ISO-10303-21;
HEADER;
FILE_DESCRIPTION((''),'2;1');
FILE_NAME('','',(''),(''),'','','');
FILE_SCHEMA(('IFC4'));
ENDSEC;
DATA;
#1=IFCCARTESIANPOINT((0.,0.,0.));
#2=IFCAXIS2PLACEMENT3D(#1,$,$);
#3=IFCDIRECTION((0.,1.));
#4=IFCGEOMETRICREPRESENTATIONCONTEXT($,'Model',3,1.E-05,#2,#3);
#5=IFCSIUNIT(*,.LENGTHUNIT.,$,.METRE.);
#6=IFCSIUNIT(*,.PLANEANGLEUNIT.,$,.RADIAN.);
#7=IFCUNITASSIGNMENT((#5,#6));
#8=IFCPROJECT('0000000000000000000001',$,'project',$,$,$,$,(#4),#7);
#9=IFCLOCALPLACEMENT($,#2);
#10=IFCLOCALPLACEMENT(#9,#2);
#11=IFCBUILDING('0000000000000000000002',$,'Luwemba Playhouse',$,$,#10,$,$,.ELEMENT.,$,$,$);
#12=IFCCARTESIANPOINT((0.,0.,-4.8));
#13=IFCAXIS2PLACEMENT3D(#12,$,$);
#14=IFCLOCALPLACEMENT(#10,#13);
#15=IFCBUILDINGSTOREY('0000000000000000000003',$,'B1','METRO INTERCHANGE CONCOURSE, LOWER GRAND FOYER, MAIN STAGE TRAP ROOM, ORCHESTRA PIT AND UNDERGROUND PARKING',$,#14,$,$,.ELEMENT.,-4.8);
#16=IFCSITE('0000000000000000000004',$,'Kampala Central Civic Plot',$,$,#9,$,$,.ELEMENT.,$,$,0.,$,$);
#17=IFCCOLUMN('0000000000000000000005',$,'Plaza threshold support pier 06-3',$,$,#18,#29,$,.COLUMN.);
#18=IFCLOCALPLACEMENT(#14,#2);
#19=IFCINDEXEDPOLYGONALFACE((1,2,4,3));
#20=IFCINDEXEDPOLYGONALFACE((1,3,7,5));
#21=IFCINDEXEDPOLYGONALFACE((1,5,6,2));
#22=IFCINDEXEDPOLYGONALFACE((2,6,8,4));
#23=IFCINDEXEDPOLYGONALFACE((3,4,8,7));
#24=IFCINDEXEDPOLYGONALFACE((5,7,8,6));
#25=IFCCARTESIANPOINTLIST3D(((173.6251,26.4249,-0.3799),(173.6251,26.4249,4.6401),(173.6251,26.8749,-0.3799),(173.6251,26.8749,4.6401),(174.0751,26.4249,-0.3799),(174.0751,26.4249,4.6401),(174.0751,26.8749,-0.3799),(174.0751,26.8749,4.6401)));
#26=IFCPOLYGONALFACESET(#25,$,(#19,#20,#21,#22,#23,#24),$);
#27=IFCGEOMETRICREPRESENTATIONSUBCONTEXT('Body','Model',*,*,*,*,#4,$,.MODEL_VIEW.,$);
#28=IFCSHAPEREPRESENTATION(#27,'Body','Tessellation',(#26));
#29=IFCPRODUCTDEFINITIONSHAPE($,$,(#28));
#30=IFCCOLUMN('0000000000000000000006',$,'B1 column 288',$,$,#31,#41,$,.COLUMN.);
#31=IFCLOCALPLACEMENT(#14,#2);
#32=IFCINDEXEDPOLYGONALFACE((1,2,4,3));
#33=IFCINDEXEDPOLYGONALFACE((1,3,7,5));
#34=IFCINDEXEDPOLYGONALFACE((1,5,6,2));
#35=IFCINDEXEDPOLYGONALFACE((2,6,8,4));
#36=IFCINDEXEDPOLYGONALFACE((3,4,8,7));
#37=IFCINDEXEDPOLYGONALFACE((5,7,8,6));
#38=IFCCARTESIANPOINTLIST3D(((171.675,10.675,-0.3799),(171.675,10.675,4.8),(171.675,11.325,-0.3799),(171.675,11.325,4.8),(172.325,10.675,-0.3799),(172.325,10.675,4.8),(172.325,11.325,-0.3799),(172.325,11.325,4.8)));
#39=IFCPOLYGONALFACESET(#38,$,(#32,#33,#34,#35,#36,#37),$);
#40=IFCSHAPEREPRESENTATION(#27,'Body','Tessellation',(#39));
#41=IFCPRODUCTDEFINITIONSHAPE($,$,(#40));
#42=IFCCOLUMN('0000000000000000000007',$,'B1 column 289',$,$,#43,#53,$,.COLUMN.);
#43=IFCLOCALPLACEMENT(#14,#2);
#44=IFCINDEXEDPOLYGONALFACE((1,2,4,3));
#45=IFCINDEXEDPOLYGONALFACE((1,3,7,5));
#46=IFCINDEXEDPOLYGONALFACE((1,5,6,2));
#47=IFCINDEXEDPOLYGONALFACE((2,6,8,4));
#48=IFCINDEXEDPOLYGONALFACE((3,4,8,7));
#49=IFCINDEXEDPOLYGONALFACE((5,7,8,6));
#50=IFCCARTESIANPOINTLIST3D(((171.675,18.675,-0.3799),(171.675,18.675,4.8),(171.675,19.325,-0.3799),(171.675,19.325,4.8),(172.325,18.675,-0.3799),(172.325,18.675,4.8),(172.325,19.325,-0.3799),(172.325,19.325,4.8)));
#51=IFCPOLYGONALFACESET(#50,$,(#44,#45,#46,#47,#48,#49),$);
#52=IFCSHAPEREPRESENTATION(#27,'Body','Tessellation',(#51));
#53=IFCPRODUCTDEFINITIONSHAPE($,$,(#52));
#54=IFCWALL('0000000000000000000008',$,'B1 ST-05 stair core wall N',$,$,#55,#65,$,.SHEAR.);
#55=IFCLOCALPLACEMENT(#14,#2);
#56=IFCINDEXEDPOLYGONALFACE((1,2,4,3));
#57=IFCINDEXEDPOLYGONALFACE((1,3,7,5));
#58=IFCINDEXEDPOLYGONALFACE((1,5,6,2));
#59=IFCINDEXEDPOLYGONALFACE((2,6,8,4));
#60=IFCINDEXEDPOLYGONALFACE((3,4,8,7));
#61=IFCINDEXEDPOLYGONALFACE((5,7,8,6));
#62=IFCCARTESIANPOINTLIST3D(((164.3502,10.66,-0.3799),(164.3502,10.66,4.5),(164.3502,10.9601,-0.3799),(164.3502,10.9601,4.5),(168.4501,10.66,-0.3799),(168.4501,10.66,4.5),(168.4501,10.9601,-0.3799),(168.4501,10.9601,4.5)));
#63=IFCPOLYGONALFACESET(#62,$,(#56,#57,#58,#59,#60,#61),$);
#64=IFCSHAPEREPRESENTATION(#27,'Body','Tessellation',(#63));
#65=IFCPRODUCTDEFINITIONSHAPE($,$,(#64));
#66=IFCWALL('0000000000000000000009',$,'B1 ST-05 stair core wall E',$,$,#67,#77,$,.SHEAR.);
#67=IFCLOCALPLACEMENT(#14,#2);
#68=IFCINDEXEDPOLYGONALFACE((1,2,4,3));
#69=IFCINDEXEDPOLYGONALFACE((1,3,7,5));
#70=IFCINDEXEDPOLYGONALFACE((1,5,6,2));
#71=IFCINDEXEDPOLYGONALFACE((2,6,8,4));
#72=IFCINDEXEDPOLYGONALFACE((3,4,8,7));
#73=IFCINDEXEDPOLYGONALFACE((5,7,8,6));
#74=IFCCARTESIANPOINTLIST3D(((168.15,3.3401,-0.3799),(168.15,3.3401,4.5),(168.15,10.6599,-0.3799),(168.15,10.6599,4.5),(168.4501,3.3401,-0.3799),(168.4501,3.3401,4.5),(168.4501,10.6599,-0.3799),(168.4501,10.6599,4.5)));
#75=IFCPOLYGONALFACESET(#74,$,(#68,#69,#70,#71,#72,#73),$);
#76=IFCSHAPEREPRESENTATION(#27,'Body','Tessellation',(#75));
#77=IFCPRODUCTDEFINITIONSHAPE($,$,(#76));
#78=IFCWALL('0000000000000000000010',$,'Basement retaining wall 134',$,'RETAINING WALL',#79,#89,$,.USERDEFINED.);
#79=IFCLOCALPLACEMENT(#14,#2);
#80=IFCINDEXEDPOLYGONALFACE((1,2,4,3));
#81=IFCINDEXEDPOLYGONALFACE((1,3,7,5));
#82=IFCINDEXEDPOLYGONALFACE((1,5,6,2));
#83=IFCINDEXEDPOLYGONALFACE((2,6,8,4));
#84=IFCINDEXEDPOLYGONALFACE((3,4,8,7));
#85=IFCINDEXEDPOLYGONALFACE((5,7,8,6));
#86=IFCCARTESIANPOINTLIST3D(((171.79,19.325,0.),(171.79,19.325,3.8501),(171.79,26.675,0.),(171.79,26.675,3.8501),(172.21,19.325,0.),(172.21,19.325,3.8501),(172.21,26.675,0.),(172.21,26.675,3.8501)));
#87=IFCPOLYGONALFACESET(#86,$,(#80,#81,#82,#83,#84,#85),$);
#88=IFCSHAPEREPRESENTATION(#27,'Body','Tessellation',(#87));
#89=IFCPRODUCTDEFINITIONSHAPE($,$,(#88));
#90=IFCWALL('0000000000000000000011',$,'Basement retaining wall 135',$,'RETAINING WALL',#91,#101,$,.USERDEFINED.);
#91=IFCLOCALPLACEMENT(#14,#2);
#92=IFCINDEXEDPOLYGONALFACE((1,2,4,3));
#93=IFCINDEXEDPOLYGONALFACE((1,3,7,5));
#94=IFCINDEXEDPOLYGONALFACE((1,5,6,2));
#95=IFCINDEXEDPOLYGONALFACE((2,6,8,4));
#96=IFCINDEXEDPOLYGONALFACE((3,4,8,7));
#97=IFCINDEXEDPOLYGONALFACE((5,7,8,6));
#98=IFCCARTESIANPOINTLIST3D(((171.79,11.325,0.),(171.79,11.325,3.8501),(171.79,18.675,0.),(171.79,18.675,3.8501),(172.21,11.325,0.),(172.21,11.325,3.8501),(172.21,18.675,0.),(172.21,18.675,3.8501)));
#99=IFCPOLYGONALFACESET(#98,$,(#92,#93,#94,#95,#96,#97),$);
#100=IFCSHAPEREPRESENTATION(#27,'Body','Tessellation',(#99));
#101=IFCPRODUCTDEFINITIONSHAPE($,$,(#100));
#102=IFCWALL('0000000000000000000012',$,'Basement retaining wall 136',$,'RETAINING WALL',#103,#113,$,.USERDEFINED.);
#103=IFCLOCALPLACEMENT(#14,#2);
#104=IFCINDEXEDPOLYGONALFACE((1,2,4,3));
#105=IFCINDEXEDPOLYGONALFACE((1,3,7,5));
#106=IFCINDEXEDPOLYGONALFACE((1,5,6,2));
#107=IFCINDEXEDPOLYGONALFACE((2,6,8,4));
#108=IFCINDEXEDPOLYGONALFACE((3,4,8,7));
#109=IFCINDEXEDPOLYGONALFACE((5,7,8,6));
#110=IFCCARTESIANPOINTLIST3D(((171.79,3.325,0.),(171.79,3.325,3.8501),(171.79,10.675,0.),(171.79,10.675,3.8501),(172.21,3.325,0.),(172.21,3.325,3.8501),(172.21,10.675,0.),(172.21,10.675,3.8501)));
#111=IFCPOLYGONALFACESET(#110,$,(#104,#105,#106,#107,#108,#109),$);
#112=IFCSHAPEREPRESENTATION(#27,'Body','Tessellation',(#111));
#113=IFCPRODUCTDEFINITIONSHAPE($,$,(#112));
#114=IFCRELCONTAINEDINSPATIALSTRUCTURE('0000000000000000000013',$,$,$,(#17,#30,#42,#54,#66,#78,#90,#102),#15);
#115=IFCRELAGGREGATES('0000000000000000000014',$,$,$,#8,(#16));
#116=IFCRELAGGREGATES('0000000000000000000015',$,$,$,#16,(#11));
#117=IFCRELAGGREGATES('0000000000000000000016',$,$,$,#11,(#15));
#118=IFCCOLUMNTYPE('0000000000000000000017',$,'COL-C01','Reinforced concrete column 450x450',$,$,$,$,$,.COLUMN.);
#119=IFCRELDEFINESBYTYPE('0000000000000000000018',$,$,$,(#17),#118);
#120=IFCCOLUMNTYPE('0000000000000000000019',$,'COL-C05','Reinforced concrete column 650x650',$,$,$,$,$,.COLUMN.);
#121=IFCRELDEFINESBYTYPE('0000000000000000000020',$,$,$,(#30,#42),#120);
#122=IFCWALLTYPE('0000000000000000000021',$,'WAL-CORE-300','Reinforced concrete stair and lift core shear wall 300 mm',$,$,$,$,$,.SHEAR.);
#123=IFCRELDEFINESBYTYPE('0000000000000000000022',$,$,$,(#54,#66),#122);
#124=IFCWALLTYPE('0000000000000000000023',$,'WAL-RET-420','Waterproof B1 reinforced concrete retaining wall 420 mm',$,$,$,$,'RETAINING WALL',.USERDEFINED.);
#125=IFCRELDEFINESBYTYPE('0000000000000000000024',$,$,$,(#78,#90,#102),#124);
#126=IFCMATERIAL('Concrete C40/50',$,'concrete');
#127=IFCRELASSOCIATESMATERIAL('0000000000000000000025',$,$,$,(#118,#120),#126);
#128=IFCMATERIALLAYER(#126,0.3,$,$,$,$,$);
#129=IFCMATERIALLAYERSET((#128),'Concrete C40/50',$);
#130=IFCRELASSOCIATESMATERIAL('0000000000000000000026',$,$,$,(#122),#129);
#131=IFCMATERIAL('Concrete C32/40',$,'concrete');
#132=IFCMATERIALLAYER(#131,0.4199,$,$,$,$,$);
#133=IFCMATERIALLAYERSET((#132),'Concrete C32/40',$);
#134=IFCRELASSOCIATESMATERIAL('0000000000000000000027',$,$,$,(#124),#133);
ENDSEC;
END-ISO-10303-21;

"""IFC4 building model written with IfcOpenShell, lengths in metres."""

from ifc_helpers import new_model, si_unit, direction, frame, frame_2d, origin, origin_2d, place, context, subcontext, project, spatial, rectangle, extrude, material, layer, layer_set, material_profile, profile_set, type_object, element, save


model = new_model("IFC4")

# Units and contexts
model_context = context("Model", 3, precision=1e-05, world=origin(), true_north=direction((0.0, 1.0)))
body_context = subcontext(model_context, "Body", "Model", "MODEL_VIEW")
ifc_project = project(units=[si_unit("LENGTHUNIT", "METRE"), si_unit("PLANEANGLEUNIT", "RADIAN")], contexts=[model_context])

# Site, building, storey
site_placement = place(None, origin())
site = spatial("IfcSite", under=ifc_project, at=site_placement, Name="Kampala Central Civic Plot", CompositionType="ELEMENT", RefElevation=0.0)
building_placement = place(site_placement, origin())
building = spatial("IfcBuilding", under=site, at=building_placement, Name="Luwemba Playhouse", CompositionType="ELEMENT")
storey_placement = place(building_placement, frame((0.0, 0.0, -4.8)))
storey = spatial("IfcBuildingStorey", under=building, at=storey_placement, Name="B1", Description="METRO INTERCHANGE CONCOURSE, LOWER GRAND FOYER, MAIN STAGE TRAP ROOM, ORCHESTRA PIT AND UNDERGROUND PARKING", CompositionType="ELEMENT", Elevation=-4.8)

# Shared definitions
ifc_material_1 = material(Name="Concrete C32/40", Category="concrete")

# Columns
ifc_material_2 = material(Name="Concrete C40/50", Category="concrete")
ifc_material_profile_1 = material_profile(ifc_material_2, rectangle(XDim=0.45, YDim=0.45, at=origin_2d()))
ifc_profile_set_1 = profile_set([ifc_material_profile_1], Name="Concrete C40/50")
column_type_1 = type_object("IfcColumnType", Name="COL-C01", Description="Reinforced concrete column 450x450", PredefinedType="COLUMN", material=ifc_profile_set_1)
column_placement = place(storey_placement, frame((173.8501, 26.6499, -0.3799), z_axis=(0.0, 0.0, 1.0), x_axis=(1.0, 0.0, 0.0)))
element("IfcColumn", 1, at=column_placement, inside=storey, type_object=column_type_1, Name="Plaza threshold support pier 06-3", PredefinedType="COLUMN", context=body_context, shape_type="SweptSolid", body=[
    extrude(rectangle(XDim=0.45, YDim=0.45, at=origin_2d()), origin(), (0.0, 0.0, 1.0), 5.02),
])
ifc_material_profile_2 = material_profile(ifc_material_2, rectangle(XDim=0.6499, YDim=0.6499, at=origin_2d()))
ifc_profile_set_2 = profile_set([ifc_material_profile_2], Name="Concrete C40/50")
column_type_2 = type_object("IfcColumnType", Name="COL-C05", Description="Reinforced concrete column 650x650", PredefinedType="COLUMN", material=ifc_profile_set_2)
for number, where, z_axis, x_axis, name in (
    (2, (172.0, 11.0, -0.3799), (0.0, 0.0, 1.0), (1.0, 0.0, 0.0), "B1 column 288"),
    (3, (172.0, 19.0, -0.3799), (0.0, 0.0, 1.0), (1.0, 0.0, 0.0), "B1 column 289"),
):
    element("IfcColumn", number, at=place(storey_placement, frame(where, z_axis=z_axis, x_axis=x_axis)), inside=storey, type_object=column_type_2, Name=name, PredefinedType="COLUMN", context=body_context, shape_type="SweptSolid", body=[
        extrude(rectangle(XDim=0.6499, YDim=0.6499, at=origin_2d()), origin(), (0.0, 0.0, 1.0), 5.1799),
    ])

# Walls
ifc_layer_1 = layer(ifc_material_2, 0.3)
ifc_layer_set_1 = layer_set([ifc_layer_1], Name="Concrete C40/50")
wall_type_1 = type_object("IfcWallType", Name="WAL-CORE-300", Description="Reinforced concrete stair and lift core shear wall 300 mm", PredefinedType="SHEAR", material=ifc_layer_set_1)
wall_1_placement = place(storey_placement, frame((168.45, 10.8101, -0.3799), z_axis=(0.0, 0.0, 1.0), x_axis=(-1.0, 0.0, 0.0)))
element("IfcWall", 4, at=wall_1_placement, inside=storey, type_object=wall_type_1, Name="B1 ST-05 stair core wall N", PredefinedType="SHEAR", context=body_context, shape_type="SweptSolid", body=[
    extrude(rectangle(XDim=4.0999, YDim=0.3, at=frame_2d((2.0498, 0.0))), origin(), (0.0, 0.0, 1.0), 4.8799),
])
wall_2_placement = place(storey_placement, frame((168.3, 10.6599, -0.3799), z_axis=(0.0, 0.0, 1.0), x_axis=(0.0, -1.0, 0.0)))
element("IfcWall", 5, at=wall_2_placement, inside=storey, type_object=wall_type_1, Name="B1 ST-05 stair core wall E", PredefinedType="SHEAR", context=body_context, shape_type="SweptSolid", body=[
    extrude(rectangle(XDim=7.3198, YDim=0.3, at=frame_2d((3.6599, 0.0))), origin(), (0.0, 0.0, 1.0), 4.8799),
])
ifc_layer_2 = layer(ifc_material_1, 0.4199)
ifc_layer_set_2 = layer_set([ifc_layer_2], Name="Concrete C32/40")
wall_type_2 = type_object("IfcWallType", Name="WAL-RET-420", Description="Waterproof B1 reinforced concrete retaining wall 420 mm", ElementType="RETAINING WALL", PredefinedType="USERDEFINED", material=ifc_layer_set_2)
for number, where, z_axis, x_axis, name in (
    (6, (172.0, 26.675, 0.0), (0.0, 0.0, 1.0), (0.0, -1.0, 0.0), "Basement retaining wall 134"),
    (7, (172.0, 18.675, 0.0), (0.0, 0.0, 1.0), (0.0, -1.0, 0.0), "Basement retaining wall 135"),
    (8, (172.0, 10.675, 0.0), (0.0, 0.0, 1.0), (0.0, -1.0, 0.0), "Basement retaining wall 136"),
):
    element("IfcWall", number, at=place(storey_placement, frame(where, z_axis=z_axis, x_axis=x_axis)), inside=storey, type_object=wall_type_2, Name=name, ObjectType="RETAINING WALL", PredefinedType="USERDEFINED", context=body_context, shape_type="SweptSolid", body=[
        extrude(rectangle(XDim=7.3501, YDim=0.4199, at=frame_2d((3.675, 0.0))), origin(), (0.0, 0.0, 1.0), 3.8501),
    ])

save(model, "model.ifc")
